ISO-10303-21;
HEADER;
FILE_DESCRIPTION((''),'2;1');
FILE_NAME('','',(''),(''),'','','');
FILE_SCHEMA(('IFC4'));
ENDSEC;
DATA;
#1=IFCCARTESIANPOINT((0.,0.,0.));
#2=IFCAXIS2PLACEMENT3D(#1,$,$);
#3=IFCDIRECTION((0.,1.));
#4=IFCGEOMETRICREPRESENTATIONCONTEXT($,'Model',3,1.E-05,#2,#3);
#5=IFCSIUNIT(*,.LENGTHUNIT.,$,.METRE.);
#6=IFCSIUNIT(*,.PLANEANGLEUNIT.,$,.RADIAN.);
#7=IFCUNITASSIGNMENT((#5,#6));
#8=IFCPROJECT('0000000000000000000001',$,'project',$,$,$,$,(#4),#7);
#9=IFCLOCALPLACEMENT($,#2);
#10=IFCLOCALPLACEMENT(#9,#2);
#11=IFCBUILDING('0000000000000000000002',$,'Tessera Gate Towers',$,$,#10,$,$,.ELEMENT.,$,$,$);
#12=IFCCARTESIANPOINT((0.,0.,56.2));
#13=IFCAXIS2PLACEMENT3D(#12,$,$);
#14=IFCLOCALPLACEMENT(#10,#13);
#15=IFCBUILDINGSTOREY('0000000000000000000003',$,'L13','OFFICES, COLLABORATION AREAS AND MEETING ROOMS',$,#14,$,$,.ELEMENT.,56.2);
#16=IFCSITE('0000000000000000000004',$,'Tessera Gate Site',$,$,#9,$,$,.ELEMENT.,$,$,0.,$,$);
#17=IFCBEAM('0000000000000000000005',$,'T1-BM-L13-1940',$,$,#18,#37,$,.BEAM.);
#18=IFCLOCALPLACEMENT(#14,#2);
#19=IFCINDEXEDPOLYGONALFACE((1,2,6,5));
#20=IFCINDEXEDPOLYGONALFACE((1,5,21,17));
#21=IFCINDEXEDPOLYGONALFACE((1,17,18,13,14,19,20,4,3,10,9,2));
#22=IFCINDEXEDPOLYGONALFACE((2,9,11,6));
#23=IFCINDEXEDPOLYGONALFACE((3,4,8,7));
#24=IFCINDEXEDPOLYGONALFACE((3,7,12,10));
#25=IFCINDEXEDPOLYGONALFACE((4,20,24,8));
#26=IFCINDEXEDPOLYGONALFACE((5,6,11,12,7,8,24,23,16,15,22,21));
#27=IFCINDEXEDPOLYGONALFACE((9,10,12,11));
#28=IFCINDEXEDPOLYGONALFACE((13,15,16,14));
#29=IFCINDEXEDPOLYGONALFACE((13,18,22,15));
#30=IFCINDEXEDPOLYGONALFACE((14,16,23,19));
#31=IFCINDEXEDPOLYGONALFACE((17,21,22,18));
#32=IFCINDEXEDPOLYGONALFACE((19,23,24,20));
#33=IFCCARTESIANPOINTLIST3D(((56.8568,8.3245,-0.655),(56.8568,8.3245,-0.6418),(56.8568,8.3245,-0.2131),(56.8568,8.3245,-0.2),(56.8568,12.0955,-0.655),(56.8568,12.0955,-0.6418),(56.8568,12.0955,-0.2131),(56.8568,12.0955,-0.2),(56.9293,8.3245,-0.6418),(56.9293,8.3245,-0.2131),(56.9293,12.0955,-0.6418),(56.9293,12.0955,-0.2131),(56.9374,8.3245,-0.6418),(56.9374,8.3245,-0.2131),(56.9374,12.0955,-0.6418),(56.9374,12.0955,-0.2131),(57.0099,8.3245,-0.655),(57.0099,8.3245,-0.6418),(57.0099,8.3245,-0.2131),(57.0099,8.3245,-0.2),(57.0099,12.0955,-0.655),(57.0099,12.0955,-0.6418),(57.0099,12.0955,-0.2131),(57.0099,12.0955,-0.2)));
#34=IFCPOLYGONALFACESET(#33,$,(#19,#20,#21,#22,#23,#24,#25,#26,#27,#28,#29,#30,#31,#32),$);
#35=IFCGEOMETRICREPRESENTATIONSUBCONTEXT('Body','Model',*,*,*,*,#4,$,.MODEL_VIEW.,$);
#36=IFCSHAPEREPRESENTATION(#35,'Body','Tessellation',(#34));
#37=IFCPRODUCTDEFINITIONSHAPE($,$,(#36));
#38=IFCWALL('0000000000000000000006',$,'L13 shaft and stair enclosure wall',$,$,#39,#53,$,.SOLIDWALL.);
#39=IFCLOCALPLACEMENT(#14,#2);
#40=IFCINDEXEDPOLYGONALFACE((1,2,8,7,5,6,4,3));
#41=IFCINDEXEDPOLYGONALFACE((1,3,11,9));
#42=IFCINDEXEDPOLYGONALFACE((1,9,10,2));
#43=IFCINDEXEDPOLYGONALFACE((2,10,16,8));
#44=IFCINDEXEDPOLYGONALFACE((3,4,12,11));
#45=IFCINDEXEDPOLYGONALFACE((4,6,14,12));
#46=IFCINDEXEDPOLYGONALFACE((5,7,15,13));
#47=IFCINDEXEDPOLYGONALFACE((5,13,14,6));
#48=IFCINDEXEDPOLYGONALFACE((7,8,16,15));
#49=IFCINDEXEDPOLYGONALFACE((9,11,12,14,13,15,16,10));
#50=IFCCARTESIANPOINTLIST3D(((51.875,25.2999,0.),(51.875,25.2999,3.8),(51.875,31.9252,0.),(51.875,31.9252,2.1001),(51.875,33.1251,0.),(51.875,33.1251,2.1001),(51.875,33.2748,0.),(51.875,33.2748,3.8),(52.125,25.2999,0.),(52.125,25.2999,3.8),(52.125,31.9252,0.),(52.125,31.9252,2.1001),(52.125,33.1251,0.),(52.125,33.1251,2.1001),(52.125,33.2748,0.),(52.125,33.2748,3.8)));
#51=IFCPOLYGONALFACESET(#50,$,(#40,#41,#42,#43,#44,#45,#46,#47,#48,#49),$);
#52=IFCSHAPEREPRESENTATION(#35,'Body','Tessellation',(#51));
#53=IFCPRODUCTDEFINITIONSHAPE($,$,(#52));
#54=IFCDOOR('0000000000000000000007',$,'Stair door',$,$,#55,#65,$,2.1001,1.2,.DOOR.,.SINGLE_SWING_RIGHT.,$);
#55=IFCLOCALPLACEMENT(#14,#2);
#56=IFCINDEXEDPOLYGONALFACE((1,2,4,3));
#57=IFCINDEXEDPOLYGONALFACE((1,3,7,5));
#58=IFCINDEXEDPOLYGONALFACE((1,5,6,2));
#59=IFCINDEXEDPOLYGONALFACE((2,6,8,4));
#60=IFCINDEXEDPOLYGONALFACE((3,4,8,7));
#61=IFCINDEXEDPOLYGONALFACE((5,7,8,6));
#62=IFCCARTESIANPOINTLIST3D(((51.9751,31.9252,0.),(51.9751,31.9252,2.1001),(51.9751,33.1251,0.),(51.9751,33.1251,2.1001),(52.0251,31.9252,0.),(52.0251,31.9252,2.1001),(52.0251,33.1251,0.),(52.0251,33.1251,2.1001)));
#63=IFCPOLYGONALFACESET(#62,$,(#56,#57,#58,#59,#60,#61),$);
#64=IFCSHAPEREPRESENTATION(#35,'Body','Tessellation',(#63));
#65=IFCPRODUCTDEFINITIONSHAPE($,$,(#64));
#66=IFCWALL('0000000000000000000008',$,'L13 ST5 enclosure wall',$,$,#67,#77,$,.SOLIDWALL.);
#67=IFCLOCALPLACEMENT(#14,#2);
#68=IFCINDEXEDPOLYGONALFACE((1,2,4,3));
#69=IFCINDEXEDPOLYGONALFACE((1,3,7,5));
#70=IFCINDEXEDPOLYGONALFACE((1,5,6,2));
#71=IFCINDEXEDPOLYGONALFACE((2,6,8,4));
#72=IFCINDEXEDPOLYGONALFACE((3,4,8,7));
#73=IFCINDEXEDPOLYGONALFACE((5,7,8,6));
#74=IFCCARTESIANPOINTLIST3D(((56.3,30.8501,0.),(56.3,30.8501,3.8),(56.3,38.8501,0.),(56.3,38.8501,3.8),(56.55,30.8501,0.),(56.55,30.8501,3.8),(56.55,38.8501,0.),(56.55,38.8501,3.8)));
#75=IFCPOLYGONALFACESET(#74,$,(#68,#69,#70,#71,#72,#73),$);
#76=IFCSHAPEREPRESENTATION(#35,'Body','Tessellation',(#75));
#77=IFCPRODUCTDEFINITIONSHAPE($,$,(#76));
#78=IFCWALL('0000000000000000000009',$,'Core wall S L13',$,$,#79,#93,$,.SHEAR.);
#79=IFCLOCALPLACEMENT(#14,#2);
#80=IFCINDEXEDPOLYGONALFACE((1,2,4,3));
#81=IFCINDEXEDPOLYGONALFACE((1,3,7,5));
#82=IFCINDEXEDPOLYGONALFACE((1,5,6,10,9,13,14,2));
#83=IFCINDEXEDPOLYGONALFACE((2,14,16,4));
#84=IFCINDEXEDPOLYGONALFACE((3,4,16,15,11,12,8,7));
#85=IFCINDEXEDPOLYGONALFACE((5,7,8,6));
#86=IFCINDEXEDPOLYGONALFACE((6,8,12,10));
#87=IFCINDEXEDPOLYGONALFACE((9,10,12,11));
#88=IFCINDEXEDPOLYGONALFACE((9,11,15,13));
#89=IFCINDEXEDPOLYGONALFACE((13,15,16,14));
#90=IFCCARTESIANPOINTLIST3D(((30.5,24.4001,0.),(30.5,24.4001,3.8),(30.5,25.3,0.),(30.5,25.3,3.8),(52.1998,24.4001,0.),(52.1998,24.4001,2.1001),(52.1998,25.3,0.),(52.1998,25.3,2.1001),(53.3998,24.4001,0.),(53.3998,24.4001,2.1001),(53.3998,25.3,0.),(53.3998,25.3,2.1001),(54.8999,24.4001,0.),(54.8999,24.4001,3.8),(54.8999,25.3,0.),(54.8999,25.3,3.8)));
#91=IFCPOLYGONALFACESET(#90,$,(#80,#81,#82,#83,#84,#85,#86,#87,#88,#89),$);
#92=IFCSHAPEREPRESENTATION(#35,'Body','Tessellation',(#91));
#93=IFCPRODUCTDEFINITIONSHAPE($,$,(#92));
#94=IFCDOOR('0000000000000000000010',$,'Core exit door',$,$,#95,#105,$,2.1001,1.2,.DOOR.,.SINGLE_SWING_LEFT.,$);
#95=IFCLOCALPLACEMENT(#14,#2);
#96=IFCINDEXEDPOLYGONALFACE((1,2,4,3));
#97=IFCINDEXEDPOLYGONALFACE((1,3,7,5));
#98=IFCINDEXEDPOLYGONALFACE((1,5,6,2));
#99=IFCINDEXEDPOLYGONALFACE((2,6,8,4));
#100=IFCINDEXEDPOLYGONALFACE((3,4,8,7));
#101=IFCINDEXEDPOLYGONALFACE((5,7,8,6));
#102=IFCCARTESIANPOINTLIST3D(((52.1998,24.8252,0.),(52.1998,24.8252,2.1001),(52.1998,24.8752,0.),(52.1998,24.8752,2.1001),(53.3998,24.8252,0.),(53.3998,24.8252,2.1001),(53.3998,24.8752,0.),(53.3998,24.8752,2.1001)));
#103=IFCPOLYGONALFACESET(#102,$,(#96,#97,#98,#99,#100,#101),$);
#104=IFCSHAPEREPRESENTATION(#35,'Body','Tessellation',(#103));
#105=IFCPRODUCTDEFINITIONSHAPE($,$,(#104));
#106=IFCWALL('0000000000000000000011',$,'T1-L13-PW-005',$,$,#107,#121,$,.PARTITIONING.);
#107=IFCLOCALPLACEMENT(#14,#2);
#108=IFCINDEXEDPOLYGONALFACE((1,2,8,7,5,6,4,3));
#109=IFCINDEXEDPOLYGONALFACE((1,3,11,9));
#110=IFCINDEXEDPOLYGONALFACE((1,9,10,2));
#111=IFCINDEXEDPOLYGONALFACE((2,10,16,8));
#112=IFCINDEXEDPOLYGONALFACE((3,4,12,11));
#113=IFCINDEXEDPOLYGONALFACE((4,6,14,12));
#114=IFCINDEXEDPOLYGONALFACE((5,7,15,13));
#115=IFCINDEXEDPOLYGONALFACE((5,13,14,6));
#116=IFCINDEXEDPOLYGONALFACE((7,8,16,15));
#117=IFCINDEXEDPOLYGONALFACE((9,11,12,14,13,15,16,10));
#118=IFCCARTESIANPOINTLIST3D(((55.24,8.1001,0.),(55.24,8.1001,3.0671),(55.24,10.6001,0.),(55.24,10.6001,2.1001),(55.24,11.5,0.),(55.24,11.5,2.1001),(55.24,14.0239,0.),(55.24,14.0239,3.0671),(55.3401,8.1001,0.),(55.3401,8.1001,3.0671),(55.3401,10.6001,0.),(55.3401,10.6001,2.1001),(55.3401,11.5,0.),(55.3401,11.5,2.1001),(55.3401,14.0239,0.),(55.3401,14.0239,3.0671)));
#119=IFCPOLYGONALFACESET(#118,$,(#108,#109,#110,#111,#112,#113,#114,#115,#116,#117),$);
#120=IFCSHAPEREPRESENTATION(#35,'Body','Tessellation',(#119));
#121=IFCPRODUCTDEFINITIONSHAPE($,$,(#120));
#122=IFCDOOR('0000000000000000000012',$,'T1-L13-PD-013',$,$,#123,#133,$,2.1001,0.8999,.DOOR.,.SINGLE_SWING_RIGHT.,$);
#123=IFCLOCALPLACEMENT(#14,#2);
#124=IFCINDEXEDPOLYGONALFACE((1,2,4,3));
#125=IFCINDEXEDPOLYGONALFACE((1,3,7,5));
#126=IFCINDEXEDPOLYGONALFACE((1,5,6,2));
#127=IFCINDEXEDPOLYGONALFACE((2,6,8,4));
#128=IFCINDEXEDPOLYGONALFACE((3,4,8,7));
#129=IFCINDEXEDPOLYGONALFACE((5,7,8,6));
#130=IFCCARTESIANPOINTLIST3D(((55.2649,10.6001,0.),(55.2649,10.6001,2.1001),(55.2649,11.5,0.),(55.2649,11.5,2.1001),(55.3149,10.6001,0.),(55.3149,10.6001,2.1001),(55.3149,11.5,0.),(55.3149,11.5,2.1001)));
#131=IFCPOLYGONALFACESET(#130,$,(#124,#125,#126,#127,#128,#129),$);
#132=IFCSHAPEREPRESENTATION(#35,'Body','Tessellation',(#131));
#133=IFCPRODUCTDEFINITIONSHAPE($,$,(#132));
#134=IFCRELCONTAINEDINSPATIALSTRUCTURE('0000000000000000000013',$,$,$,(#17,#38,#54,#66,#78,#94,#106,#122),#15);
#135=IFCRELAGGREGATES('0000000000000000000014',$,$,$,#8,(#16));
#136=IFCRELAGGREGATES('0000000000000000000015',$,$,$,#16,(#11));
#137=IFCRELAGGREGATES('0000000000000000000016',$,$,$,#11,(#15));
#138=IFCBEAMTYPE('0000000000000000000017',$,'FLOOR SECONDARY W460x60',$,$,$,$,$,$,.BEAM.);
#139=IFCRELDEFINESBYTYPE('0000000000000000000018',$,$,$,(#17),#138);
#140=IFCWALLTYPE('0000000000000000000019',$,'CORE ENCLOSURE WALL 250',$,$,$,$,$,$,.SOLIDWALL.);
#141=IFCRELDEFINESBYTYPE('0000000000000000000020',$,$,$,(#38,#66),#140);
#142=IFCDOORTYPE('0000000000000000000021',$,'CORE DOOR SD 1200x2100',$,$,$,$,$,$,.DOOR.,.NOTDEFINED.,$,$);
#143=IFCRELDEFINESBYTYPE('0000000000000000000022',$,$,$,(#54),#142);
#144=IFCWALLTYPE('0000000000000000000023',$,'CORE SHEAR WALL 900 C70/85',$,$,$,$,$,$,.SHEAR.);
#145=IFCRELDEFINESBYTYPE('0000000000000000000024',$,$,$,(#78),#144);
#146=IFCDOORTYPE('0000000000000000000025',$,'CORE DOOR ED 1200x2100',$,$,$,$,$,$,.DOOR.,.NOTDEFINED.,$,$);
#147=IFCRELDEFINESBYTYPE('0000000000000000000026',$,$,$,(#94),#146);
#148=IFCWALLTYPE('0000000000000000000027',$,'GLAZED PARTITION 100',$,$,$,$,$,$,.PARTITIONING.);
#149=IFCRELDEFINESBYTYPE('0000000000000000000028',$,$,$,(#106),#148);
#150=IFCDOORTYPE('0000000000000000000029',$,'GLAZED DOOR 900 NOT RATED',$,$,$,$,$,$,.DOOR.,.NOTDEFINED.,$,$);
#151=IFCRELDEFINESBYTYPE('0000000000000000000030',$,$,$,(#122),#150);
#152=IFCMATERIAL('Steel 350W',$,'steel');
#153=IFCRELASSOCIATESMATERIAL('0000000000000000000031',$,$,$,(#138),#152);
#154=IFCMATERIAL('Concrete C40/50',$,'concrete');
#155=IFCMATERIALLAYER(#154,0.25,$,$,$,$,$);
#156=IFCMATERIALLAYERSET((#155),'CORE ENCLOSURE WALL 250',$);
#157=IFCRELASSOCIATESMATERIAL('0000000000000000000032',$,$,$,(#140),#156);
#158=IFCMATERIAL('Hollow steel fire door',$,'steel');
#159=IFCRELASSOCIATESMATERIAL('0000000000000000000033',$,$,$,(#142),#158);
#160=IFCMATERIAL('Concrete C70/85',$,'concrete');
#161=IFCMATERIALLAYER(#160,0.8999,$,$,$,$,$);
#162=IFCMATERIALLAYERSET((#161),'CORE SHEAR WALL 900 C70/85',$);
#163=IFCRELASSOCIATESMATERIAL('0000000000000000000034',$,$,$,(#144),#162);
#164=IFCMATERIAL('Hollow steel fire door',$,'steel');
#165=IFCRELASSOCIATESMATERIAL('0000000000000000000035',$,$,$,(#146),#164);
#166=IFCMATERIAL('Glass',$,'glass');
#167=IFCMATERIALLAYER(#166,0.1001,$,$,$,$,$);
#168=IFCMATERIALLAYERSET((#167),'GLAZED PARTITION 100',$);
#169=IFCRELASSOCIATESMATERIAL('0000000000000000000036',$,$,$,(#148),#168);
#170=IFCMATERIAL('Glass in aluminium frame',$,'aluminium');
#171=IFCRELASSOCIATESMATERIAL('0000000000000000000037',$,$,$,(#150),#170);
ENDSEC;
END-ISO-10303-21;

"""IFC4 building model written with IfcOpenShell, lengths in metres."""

from ifc_helpers import new_model, si_unit, direction, frame, frame_2d, origin, origin_2d, place, context, subcontext, project, spatial, rectangle, i_section, extrude, source, transform, mapped, material, layer, layer_set, material_profile, profile_set, type_object, element, fill, save


model = new_model("IFC4")

# Units and contexts
model_context = context("Model", 3, precision=1e-05, world=origin(), true_north=direction((0.0, 1.0)))
body_context = subcontext(model_context, "Body", "Model", "MODEL_VIEW")
ifc_project = project(units=[si_unit("LENGTHUNIT", "METRE"), si_unit("PLANEANGLEUNIT", "RADIAN")], contexts=[model_context])

# Site, building, storey
site_placement = place(None, origin())
site = spatial("IfcSite", under=ifc_project, at=site_placement, Name="Tessera Gate Site", CompositionType="ELEMENT", RefElevation=0.0)
building_placement = place(site_placement, origin())
building = spatial("IfcBuilding", under=site, at=building_placement, Name="Tessera Gate Towers", CompositionType="ELEMENT")
storey_placement = place(building_placement, frame((0.0, 0.0, 56.2)))
storey = spatial("IfcBuildingStorey", under=building, at=storey_placement, Name="L13", Description="OFFICES, COLLABORATION AREAS AND MEETING ROOMS", CompositionType="ELEMENT", Elevation=56.2)

# Beam
ifc_material_1 = material(Name="Steel 350W", Category="steel")
ifc_material_profile_1 = material_profile(ifc_material_1, i_section(OverallWidth=0.1531, OverallDepth=0.4551, WebThickness=0.0081, FlangeThickness=0.0132, at=origin_2d()), Name="W460x60")
ifc_profile_set_1 = profile_set([ifc_material_profile_1], Name="Steel 350W")
beam_type_1 = type_object("IfcBeamType", Name="FLOOR SECONDARY W460x60", PredefinedType="BEAM", material=ifc_profile_set_1)
beam_1_placement = place(storey_placement, frame((56.9333, 8.3245, -0.4275), z_axis=(0.0, 1.0, 0.0), x_axis=(-1.0, 0.0, 0.0)))
element("IfcBeam", 1, at=beam_1_placement, inside=storey, type_object=beam_type_1, Name="T1-BM-L13-1940", PredefinedType="BEAM", context=body_context, shape_type="SweptSolid", body=[
    extrude(i_section(OverallWidth=0.1531, OverallDepth=0.4551, WebThickness=0.0081, FlangeThickness=0.0132, at=origin_2d()), origin(), (0.0, 0.0, 1.0), 3.771),
])

# Wall, opening, door
ifc_material_2 = material(Name="Concrete C40/50", Category="concrete")
ifc_layer_1 = layer(ifc_material_2, 0.25)
ifc_layer_set_1 = layer_set([ifc_layer_1], Name="CORE ENCLOSURE WALL 250")
wall_type_1 = type_object("IfcWallType", Name="CORE ENCLOSURE WALL 250", PredefinedType="SOLIDWALL", material=ifc_layer_set_1)
wall_1_placement = place(storey_placement, frame((52.0, 25.3, 0.0), z_axis=(0.0, 0.0, 1.0), x_axis=(0.0, 1.0, 0.0)))
wall_1 = element("IfcWall", 2, at=wall_1_placement, inside=storey, type_object=wall_type_1, Name="L13 shaft and stair enclosure wall", PredefinedType="SOLIDWALL", context=body_context, shape_type="SweptSolid", body=[
    extrude(rectangle(XDim=7.9749, YDim=0.25, at=frame_2d((3.9873, 0.0))), origin(), (0.0, 0.0, 1.0), 3.8),
])
shared_shape_1 = source(origin(), body_context, "Body", "SweptSolid", [
    extrude(rectangle(XDim=1.2, YDim=2.1001, at=frame_2d((0.6001, 1.05))), frame((0.0, 0.135, 0.0), z_axis=(0.0, -1.0, 0.0), x_axis=(1.0, 0.0, 0.0)), (0.0, 0.0, 1.0), 0.27),
])
opening_1_placement = place(wall_1_placement, frame((6.625, 0.0, 0.0)))
opening_1 = element("IfcOpeningElement", 3, at=opening_1_placement, cuts=wall_1, PredefinedType="OPENING", context=body_context, shape_type="MappedRepresentation", body=[
    mapped(shared_shape_1, transform((0.0, 0.0, 0.0), scale=1.0)),
])
ifc_material_3 = material(Name="Hollow steel fire door", Category="steel")
door_type_1 = type_object("IfcDoorType", Name="CORE DOOR SD 1200x2100", OperationType="NOTDEFINED", PredefinedType="DOOR", material=ifc_material_3)
shared_shape_2 = source(origin(), body_context, "Body", "SweptSolid", [
    extrude(rectangle(XDim=1.2, YDim=2.1001, at=frame_2d((0.6001, 1.05))), frame((0.0, 0.0249, 0.0), z_axis=(0.0, -1.0, 0.0), x_axis=(1.0, 0.0, 0.0)), (0.0, 0.0, 1.0), 0.05),
])
door_1_placement = place(opening_1_placement, origin())
door_1 = element("IfcDoor", 4, at=door_1_placement, inside=storey, type_object=door_type_1, Name="Stair door", OperationType="SINGLE_SWING_RIGHT", OverallHeight=2.1001, OverallWidth=1.2, PredefinedType="DOOR", context=body_context, shape_type="MappedRepresentation", body=[
    mapped(shared_shape_2, transform((0.0, 0.0, 0.0), scale=1.0)),
])
fill(opening_1, door_1)

# Wall
wall_2_placement = place(storey_placement, frame((56.425, 30.8501, 0.0), z_axis=(0.0, 0.0, 1.0), x_axis=(0.0, 1.0, 0.0)))
element("IfcWall", 5, at=wall_2_placement, inside=storey, type_object=wall_type_1, Name="L13 ST5 enclosure wall", PredefinedType="SOLIDWALL", context=body_context, shape_type="SweptSolid", body=[
    extrude(rectangle(XDim=8.0, YDim=0.25, at=frame_2d((4.0, 0.0))), origin(), (0.0, 0.0, 1.0), 3.8),
])

# Walls, openings, doors
ifc_material_4 = material(Name="Concrete C70/85", Category="concrete")
ifc_layer_2 = layer(ifc_material_4, 0.8999)
ifc_layer_set_2 = layer_set([ifc_layer_2], Name="CORE SHEAR WALL 900 C70/85")
wall_type_2 = type_object("IfcWallType", Name="CORE SHEAR WALL 900 C70/85", PredefinedType="SHEAR", material=ifc_layer_set_2)
wall_3_placement = place(storey_placement, frame((54.8999, 24.8501, 0.0), z_axis=(0.0, 0.0, 1.0), x_axis=(-1.0, 0.0, 0.0)))
wall_3 = element("IfcWall", 6, at=wall_3_placement, inside=storey, type_object=wall_type_2, Name="Core wall S L13", PredefinedType="SHEAR", context=body_context, shape_type="SweptSolid", body=[
    extrude(rectangle(XDim=24.3999, YDim=0.8999, at=frame_2d((12.2, 0.0))), origin(), (0.0, 0.0, 1.0), 3.8),
])
shared_shape_3 = source(origin(), body_context, "Body", "SweptSolid", [
    extrude(rectangle(XDim=1.2, YDim=2.1001, at=frame_2d((0.6001, 1.05))), frame((0.0, 0.46, 0.0), z_axis=(0.0, -1.0, 0.0), x_axis=(1.0, 0.0, 0.0)), (0.0, 0.0, 1.0), 0.9199),
])
opening_2_placement = place(wall_3_placement, frame((1.5, 0.0, 0.0)))
opening_2 = element("IfcOpeningElement", 7, at=opening_2_placement, cuts=wall_3, PredefinedType="OPENING", context=body_context, shape_type="MappedRepresentation", body=[
    mapped(shared_shape_3, transform((0.0, 0.0, 0.0), scale=1.0)),
])
ifc_material_5 = material(Name="Hollow steel fire door", Category="steel")
door_type_2 = type_object("IfcDoorType", Name="CORE DOOR ED 1200x2100", OperationType="NOTDEFINED", PredefinedType="DOOR", material=ifc_material_5)
door_2_placement = place(opening_2_placement, origin())
door_2 = element("IfcDoor", 8, at=door_2_placement, inside=storey, type_object=door_type_2, Name="Core exit door", OperationType="SINGLE_SWING_LEFT", OverallHeight=2.1001, OverallWidth=1.2, PredefinedType="DOOR", context=body_context, shape_type="MappedRepresentation", body=[
    mapped(shared_shape_2, transform((0.0, 0.0, 0.0), scale=1.0)),
])
fill(opening_2, door_2)
ifc_material_6 = material(Name="Glass", Category="glass")
ifc_layer_3 = layer(ifc_material_6, 0.1001)
ifc_layer_set_3 = layer_set([ifc_layer_3], Name="GLAZED PARTITION 100")
wall_type_3 = type_object("IfcWallType", Name="GLAZED PARTITION 100", PredefinedType="PARTITIONING", material=ifc_layer_set_3)
wall_4_placement = place(storey_placement, frame((55.29, 14.0239, 0.0), z_axis=(0.0, 0.0, 1.0), x_axis=(0.0, -1.0, 0.0)))
wall_4 = element("IfcWall", 9, at=wall_4_placement, inside=storey, type_object=wall_type_3, Name="T1-L13-PW-005", PredefinedType="PARTITIONING", context=body_context, shape_type="SweptSolid", body=[
    extrude(rectangle(XDim=5.9238, YDim=0.1001, at=frame_2d((2.9619, 0.0))), origin(), (0.0, 0.0, 1.0), 3.0671),
])
shared_shape_4 = source(origin(), body_context, "Body", "SweptSolid", [
    extrude(rectangle(XDim=0.8999, YDim=2.1001, at=frame_2d((0.45, 1.05))), frame((0.0, 0.0601, 0.0), z_axis=(0.0, -1.0, 0.0), x_axis=(1.0, 0.0, 0.0)), (0.0, 0.0, 1.0), 0.1201),
])
opening_3_placement = place(wall_4_placement, frame((2.5239, 0.0, 0.0)))
opening_3 = element("IfcOpeningElement", 10, at=opening_3_placement, cuts=wall_4, PredefinedType="OPENING", context=body_context, shape_type="MappedRepresentation", body=[
    mapped(shared_shape_4, transform((0.0, 0.0, 0.0), scale=1.0)),
])
ifc_material_7 = material(Name="Glass in aluminium frame", Category="aluminium")
door_type_3 = type_object("IfcDoorType", Name="GLAZED DOOR 900 NOT RATED", OperationType="NOTDEFINED", PredefinedType="DOOR", material=ifc_material_7)
shared_shape_5 = source(origin(), body_context, "Body", "SweptSolid", [
    extrude(rectangle(XDim=0.8999, YDim=2.1001, at=frame_2d((0.45, 1.05))), frame((0.0, 0.0249, 0.0), z_axis=(0.0, -1.0, 0.0), x_axis=(1.0, 0.0, 0.0)), (0.0, 0.0, 1.0), 0.05),
])
door_3_placement = place(opening_3_placement, origin())
door_3 = element("IfcDoor", 11, at=door_3_placement, inside=storey, type_object=door_type_3, Name="T1-L13-PD-013", OperationType="SINGLE_SWING_RIGHT", OverallHeight=2.1001, OverallWidth=0.8999, PredefinedType="DOOR", context=body_context, shape_type="MappedRepresentation", body=[
    mapped(shared_shape_5, transform((0.0, 0.0, 0.0), scale=1.0)),
])
fill(opening_3, door_3)

save(model, "model.ifc")
